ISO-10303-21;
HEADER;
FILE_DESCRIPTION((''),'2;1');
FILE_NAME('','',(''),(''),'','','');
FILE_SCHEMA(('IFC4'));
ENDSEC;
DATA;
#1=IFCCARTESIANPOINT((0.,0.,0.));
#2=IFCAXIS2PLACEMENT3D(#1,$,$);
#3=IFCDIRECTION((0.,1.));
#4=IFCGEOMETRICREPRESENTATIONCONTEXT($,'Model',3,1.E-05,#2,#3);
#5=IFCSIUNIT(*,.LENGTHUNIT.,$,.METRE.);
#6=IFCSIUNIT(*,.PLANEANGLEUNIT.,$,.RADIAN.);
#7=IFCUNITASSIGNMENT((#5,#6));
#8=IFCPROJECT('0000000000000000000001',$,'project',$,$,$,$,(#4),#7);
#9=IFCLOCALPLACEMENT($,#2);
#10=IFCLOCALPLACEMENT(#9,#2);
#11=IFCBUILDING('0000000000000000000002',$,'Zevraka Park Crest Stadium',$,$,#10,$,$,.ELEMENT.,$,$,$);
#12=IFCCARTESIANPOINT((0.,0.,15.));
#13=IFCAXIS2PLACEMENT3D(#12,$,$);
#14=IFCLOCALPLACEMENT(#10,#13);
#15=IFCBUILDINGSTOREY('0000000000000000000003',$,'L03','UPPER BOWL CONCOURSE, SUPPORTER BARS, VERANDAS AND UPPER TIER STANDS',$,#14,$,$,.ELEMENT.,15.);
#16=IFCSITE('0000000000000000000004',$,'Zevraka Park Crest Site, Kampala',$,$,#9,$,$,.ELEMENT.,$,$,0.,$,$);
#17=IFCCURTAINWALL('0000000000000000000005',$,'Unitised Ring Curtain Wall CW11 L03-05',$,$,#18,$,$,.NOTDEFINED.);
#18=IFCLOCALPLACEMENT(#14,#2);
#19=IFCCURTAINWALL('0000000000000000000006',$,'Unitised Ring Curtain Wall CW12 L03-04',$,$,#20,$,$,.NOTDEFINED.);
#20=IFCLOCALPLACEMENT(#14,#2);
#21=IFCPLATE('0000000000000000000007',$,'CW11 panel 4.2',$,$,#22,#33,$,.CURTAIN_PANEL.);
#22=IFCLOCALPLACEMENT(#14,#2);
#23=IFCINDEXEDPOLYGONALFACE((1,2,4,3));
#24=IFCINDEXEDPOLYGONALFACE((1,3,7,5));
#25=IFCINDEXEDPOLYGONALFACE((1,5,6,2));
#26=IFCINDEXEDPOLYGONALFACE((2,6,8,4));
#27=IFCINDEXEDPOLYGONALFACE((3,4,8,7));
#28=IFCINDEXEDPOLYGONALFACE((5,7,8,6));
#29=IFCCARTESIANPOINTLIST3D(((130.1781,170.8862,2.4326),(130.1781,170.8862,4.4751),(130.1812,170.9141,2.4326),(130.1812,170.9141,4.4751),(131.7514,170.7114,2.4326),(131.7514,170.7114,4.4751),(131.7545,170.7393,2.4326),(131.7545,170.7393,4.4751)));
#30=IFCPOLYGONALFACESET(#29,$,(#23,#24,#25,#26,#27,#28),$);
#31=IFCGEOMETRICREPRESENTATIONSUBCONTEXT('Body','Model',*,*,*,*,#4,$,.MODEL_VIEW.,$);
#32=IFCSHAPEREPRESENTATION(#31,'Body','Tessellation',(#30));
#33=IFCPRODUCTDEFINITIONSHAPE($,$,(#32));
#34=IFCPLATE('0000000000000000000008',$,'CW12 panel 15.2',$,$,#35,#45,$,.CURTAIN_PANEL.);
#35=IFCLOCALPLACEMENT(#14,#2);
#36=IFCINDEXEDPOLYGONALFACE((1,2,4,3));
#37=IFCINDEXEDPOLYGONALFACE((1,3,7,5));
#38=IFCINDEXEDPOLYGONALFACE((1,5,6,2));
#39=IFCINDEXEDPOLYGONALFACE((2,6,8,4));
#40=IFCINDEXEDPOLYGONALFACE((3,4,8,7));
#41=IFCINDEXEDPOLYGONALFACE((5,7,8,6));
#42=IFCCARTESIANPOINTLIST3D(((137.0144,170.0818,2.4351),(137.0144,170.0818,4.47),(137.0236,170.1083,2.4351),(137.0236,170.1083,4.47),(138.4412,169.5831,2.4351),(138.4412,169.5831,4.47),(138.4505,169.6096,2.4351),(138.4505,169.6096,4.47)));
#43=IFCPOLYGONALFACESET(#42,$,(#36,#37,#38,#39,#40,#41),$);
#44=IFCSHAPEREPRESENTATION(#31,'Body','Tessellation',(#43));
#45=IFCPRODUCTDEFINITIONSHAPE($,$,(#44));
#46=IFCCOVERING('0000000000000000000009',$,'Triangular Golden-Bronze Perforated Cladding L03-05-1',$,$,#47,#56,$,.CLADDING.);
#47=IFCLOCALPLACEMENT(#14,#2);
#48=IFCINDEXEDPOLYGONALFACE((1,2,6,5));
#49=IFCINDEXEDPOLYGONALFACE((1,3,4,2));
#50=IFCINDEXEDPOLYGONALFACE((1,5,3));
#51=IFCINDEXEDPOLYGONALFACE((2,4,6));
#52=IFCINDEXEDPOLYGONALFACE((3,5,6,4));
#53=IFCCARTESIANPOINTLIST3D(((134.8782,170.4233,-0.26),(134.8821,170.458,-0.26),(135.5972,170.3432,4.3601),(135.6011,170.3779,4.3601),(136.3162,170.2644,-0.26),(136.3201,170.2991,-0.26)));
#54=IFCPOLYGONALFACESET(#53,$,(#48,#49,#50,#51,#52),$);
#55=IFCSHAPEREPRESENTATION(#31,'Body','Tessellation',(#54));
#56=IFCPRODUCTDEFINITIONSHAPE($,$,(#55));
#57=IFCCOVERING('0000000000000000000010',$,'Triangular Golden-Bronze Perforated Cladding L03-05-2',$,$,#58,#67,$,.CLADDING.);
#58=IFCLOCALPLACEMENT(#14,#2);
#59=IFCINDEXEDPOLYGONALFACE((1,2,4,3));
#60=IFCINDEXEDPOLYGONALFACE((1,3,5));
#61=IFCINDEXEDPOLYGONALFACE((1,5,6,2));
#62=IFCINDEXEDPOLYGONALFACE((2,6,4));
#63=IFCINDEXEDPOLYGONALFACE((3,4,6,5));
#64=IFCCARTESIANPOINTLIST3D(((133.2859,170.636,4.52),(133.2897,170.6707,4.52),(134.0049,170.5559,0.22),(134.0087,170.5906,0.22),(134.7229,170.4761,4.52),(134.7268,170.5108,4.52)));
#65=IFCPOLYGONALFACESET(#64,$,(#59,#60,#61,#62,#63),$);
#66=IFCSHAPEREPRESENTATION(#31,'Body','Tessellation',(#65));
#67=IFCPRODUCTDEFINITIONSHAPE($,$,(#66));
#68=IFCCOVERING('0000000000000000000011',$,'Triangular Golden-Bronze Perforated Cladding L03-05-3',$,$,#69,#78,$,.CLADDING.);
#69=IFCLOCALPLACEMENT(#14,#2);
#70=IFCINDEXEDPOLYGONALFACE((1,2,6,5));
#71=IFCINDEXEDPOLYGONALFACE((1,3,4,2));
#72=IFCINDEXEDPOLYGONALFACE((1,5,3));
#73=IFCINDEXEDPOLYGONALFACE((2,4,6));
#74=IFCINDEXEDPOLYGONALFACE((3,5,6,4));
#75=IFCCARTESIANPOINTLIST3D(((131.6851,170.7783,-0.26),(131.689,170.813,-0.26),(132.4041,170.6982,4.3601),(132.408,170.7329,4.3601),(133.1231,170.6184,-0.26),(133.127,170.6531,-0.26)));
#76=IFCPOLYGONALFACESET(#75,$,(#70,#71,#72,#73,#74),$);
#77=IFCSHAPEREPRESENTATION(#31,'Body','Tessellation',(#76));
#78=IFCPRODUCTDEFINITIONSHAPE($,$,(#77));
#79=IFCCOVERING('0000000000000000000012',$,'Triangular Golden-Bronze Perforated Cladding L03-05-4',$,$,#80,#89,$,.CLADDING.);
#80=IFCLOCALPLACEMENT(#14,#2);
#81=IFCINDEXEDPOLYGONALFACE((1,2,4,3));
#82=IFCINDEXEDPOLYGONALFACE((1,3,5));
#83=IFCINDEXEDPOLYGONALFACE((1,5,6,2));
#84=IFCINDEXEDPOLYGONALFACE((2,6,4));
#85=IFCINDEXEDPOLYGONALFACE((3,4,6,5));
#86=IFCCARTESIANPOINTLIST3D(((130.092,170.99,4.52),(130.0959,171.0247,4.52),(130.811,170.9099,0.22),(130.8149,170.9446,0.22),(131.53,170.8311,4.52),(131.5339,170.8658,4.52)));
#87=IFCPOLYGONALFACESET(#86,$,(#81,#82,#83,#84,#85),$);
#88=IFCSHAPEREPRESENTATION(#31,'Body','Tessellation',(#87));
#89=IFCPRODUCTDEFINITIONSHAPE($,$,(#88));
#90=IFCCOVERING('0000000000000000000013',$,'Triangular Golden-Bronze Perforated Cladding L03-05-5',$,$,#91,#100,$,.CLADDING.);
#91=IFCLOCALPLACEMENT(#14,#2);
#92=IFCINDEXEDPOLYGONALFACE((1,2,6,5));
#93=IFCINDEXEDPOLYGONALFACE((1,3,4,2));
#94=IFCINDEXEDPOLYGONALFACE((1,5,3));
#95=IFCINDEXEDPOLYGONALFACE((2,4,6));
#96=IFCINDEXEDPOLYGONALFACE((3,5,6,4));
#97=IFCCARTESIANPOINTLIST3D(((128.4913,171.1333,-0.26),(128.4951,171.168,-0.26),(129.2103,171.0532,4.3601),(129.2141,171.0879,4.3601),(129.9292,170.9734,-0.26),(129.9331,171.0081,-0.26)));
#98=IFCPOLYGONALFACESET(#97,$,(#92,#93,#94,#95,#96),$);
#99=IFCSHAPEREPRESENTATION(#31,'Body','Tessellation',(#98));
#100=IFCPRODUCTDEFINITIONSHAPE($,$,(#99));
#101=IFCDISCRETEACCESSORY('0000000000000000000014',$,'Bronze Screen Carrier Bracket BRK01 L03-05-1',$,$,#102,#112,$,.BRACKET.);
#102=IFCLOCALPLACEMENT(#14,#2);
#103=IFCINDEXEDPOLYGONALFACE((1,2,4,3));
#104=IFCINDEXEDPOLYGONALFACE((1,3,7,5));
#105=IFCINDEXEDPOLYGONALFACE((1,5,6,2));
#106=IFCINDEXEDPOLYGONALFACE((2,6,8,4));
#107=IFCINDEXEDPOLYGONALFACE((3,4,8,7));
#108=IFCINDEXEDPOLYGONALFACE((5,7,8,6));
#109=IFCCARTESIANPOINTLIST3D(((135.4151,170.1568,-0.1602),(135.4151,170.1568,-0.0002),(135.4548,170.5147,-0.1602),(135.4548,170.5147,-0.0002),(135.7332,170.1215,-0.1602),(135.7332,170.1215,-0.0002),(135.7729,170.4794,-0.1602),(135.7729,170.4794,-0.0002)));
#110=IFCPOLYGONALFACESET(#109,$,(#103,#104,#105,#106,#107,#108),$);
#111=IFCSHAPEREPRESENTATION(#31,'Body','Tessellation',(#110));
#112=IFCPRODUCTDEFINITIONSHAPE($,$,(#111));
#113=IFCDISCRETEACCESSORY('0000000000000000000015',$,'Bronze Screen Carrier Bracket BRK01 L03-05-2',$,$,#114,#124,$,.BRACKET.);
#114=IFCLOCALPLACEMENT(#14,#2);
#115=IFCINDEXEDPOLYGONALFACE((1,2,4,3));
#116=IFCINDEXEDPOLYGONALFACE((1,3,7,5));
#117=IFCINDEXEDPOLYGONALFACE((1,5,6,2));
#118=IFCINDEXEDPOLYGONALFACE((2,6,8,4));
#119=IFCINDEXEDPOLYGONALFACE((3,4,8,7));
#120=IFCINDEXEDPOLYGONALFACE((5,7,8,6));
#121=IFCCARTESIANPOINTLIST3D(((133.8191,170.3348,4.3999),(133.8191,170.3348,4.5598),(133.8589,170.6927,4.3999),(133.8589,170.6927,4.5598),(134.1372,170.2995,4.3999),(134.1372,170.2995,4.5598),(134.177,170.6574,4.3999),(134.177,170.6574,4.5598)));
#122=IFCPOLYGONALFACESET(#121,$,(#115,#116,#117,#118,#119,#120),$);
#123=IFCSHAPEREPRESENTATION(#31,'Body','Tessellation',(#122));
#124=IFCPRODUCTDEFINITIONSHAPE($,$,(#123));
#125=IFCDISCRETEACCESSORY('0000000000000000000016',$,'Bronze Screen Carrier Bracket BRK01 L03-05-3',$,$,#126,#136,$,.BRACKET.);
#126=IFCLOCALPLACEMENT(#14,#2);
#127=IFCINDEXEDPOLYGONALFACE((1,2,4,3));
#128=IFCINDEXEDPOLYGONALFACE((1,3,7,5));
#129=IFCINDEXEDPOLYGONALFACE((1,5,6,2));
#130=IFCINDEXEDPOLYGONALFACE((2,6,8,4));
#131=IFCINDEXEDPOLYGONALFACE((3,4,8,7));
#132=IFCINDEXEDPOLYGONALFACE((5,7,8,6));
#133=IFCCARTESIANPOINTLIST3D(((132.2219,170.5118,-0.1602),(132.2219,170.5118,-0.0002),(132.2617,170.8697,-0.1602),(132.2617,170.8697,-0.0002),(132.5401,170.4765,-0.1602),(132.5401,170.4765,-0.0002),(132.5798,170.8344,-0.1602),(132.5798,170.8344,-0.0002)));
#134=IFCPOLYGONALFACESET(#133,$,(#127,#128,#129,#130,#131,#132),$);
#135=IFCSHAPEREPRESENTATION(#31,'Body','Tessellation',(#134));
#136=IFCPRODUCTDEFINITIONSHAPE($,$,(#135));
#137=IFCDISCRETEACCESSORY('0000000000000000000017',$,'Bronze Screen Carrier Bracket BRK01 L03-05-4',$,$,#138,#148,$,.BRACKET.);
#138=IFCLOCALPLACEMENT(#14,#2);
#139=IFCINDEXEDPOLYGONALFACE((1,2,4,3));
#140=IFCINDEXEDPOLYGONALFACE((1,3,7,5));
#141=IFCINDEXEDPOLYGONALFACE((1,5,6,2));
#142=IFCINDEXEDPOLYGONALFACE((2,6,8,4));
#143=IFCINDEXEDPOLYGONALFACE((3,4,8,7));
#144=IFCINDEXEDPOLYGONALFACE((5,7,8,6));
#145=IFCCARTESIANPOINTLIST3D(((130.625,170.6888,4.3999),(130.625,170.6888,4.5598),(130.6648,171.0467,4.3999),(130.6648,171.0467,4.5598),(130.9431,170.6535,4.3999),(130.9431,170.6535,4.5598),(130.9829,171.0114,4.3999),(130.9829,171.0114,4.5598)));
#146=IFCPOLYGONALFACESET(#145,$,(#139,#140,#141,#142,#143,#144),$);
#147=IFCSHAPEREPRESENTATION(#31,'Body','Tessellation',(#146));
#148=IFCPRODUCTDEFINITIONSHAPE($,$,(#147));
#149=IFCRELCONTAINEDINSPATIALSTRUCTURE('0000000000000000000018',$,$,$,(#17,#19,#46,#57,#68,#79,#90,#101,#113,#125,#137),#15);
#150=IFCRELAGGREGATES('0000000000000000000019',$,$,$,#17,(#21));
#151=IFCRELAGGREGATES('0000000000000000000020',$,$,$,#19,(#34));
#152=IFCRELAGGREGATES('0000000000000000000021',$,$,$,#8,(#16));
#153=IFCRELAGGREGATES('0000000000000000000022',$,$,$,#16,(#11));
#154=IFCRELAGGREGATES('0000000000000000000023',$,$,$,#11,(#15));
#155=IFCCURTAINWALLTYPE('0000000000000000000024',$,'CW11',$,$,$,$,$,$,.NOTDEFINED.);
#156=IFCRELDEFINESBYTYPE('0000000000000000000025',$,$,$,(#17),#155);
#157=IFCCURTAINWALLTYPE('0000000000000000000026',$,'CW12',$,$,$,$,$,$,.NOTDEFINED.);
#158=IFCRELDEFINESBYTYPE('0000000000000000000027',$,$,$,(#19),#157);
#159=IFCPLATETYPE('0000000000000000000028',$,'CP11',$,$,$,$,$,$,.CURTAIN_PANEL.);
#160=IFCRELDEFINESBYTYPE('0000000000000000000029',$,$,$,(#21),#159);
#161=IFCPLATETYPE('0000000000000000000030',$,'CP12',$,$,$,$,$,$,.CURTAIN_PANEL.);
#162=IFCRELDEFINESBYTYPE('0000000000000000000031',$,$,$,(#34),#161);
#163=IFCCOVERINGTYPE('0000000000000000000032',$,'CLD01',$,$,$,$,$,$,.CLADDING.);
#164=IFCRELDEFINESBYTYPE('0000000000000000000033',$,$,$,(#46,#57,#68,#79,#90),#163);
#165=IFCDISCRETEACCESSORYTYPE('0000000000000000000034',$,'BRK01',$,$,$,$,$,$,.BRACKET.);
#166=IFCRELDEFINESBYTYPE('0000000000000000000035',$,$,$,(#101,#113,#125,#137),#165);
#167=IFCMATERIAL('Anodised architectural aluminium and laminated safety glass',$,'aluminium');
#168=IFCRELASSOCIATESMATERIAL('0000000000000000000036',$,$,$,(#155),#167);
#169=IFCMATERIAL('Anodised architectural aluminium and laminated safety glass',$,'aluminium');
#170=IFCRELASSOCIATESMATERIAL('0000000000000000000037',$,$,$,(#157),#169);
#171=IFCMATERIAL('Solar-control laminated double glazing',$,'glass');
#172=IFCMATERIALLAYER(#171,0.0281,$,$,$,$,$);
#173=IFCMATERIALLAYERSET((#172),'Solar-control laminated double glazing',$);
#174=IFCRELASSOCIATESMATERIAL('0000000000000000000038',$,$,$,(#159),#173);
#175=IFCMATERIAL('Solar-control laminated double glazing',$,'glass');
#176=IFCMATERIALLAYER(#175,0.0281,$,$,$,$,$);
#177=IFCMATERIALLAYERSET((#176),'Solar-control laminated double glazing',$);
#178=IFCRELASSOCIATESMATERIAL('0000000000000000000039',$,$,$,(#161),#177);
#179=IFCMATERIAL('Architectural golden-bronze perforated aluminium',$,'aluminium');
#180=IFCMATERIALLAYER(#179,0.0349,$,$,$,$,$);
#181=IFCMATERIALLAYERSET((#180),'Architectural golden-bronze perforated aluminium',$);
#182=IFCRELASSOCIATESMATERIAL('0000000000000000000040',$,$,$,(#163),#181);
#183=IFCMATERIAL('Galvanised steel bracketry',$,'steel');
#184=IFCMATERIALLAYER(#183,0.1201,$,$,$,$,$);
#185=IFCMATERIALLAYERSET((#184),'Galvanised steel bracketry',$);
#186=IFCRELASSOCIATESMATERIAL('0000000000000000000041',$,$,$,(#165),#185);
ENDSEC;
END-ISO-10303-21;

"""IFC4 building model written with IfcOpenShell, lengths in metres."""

from ifc_helpers import new_model, si_unit, direction, frame, origin, origin_2d, place, context, subcontext, project, spatial, polyline, rectangle, outline, extrude, material, layer, layer_set, type_object, element, aggregate, save


model = new_model("IFC4")

# Units and contexts
model_context = context("Model", 3, precision=1e-05, world=origin(), true_north=direction((0.0, 1.0)))
body_context = subcontext(model_context, "Body", "Model", "MODEL_VIEW")
ifc_project = project(units=[si_unit("LENGTHUNIT", "METRE"), si_unit("PLANEANGLEUNIT", "RADIAN")], contexts=[model_context])

# Site, building, storey
site_placement = place(None, origin())
site = spatial("IfcSite", under=ifc_project, at=site_placement, Name="Zevraka Park Crest Site, Kampala", CompositionType="ELEMENT", RefElevation=0.0)
building_placement = place(site_placement, origin())
building = spatial("IfcBuilding", under=site, at=building_placement, Name="Zevraka Park Crest Stadium", CompositionType="ELEMENT")
storey_placement = place(building_placement, frame((0.0, 0.0, 15.0)))
storey = spatial("IfcBuildingStorey", under=building, at=storey_placement, Name="L03", Description="UPPER BOWL CONCOURSE, SUPPORTER BARS, VERANDAS AND UPPER TIER STANDS", CompositionType="ELEMENT", Elevation=15.0)

# Curtain wall
ifc_material_1 = material(Name="Anodised architectural aluminium and laminated safety glass", Category="aluminium")
curtain_wall_type_1 = type_object("IfcCurtainWallType", Name="CW11", PredefinedType="NOTDEFINED", material=ifc_material_1)
curtain_wall_1_placement = place(storey_placement, origin())
curtain_wall_1 = element("IfcCurtainWall", 1, at=curtain_wall_1_placement, inside=storey, type_object=curtain_wall_type_1, Name="Unitised Ring Curtain Wall CW11 L03-05", PredefinedType="NOTDEFINED")

# Curtain wall
ifc_material_2 = material(Name="Anodised architectural aluminium and laminated safety glass", Category="aluminium")
curtain_wall_type_2 = type_object("IfcCurtainWallType", Name="CW12", PredefinedType="NOTDEFINED", material=ifc_material_2)
curtain_wall_2_placement = place(storey_placement, origin())
curtain_wall_2 = element("IfcCurtainWall", 2, at=curtain_wall_2_placement, inside=storey, type_object=curtain_wall_type_2, Name="Unitised Ring Curtain Wall CW12 L03-04", PredefinedType="NOTDEFINED")

# Plates
ifc_material_3 = material(Name="Solar-control laminated double glazing", Category="glass")
ifc_layer_1 = layer(ifc_material_3, 0.0281)
ifc_layer_set_1 = layer_set([ifc_layer_1], Name="Solar-control laminated double glazing")
plate_type_1 = type_object("IfcPlateType", Name="CP11", PredefinedType="CURTAIN_PANEL", material=ifc_layer_set_1)
plate_1_placement = place(storey_placement, frame((130.9663, 170.8127, 2.4326), z_axis=(0.0, 0.0, 1.0), x_axis=(-0.993888, 0.110396, 0.0)))
plate_1 = element("IfcPlate", 3, at=plate_1_placement, type_object=plate_type_1, Name="CW11 panel 4.2", PredefinedType="CURTAIN_PANEL", context=body_context, shape_type="SweptSolid", body=[
    extrude(rectangle(XDim=1.583, YDim=0.0281, at=origin_2d()), origin(), (0.0, 0.0, 1.0), 2.0425),
])
aggregate(curtain_wall_1, [plate_1])
ifc_material_4 = material(Name="Solar-control laminated double glazing", Category="glass")
ifc_layer_2 = layer(ifc_material_4, 0.0281)
ifc_layer_set_2 = layer_set([ifc_layer_2], Name="Solar-control laminated double glazing")
plate_type_2 = type_object("IfcPlateType", Name="CP12", PredefinedType="CURTAIN_PANEL", material=ifc_layer_set_2)
plate_2_placement = place(storey_placement, frame((137.7324, 169.8457, 2.4351), z_axis=(0.0, 0.0, 1.0), x_axis=(-0.94401, 0.329917, 0.0)))
plate_2 = element("IfcPlate", 4, at=plate_2_placement, type_object=plate_type_2, Name="CW12 panel 15.2", PredefinedType="CURTAIN_PANEL", context=body_context, shape_type="SweptSolid", body=[
    extrude(rectangle(XDim=1.5115, YDim=0.0281, at=origin_2d()), origin(), (0.0, 0.0, 1.0), 2.0349),
])
aggregate(curtain_wall_2, [plate_2])

# Coverings
ifc_material_5 = material(Name="Architectural golden-bronze perforated aluminium", Category="aluminium")
ifc_layer_3 = layer(ifc_material_5, 0.0349)
ifc_layer_set_3 = layer_set([ifc_layer_3], Name="Architectural golden-bronze perforated aluminium")
covering_type = type_object("IfcCoveringType", Name="CLD01", PredefinedType="CLADDING", material=ifc_layer_set_3)
covering_1_placement = place(storey_placement, frame((136.3201, 170.2991, -0.26), z_axis=(0.109857, 0.993947, 0.000131), x_axis=(-0.993947, 0.109857, 0.0)))
element("IfcCovering", 5, at=covering_1_placement, inside=storey, type_object=covering_type, Name="Triangular Golden-Bronze Perforated Cladding L03-05-1", PredefinedType="CLADDING", context=body_context, shape_type="SweptSolid", body=[
    extrude(outline(polyline([(0.0, 0.0), (1.4467, 0.0), (0.7233, 4.6201), (0.0, 0.0)])), origin(), (0.0, 0.0, -1.0), 0.0349),
])
covering_2_placement = place(storey_placement, frame((133.2859, 170.636, 4.52), z_axis=(-0.110598, -0.993865, 0.000016), x_axis=(0.993865, -0.110598, 0.0)))
element("IfcCovering", 6, at=covering_2_placement, inside=storey, type_object=covering_type, Name="Triangular Golden-Bronze Perforated Cladding L03-05-2", PredefinedType="CLADDING", context=body_context, shape_type="SweptSolid", body=[
    extrude(outline(polyline([(0.0, 0.0), (1.4459, 0.0), (0.7234, -4.3), (0.0, 0.0)])), origin(), (0.0, 0.0, -1.0), 0.0349),
])
covering_3_placement = place(storey_placement, frame((133.127, 170.6531, -0.26), z_axis=(0.110524, 0.993873, 0.000026), x_axis=(-0.993873, 0.110524, 0.0)))
element("IfcCovering", 7, at=covering_3_placement, inside=storey, type_object=covering_type, Name="Triangular Golden-Bronze Perforated Cladding L03-05-3", PredefinedType="CLADDING", context=body_context, shape_type="SweptSolid", body=[
    extrude(outline(polyline([(0.0, 0.0), (1.4469, 0.0), (0.7234, 4.6201), (0.0, 0.0)])), origin(), (0.0, 0.0, -1.0), 0.0349),
])
covering_4_placement = place(storey_placement, frame((130.092, 170.99, 4.52), z_axis=(-0.109857, -0.993947, 0.000141), x_axis=(0.993947, -0.109857, 0.0)))
element("IfcCovering", 8, at=covering_4_placement, inside=storey, type_object=covering_type, Name="Triangular Golden-Bronze Perforated Cladding L03-05-4", PredefinedType="CLADDING", context=body_context, shape_type="SweptSolid", body=[
    extrude(outline(polyline([(0.0, 0.0), (1.4467, 0.0), (0.7234, -4.3), (0.0, 0.0)])), origin(), (0.0, 0.0, -1.0), 0.0349),
])
covering_5_placement = place(storey_placement, frame((129.9331, 171.0081, -0.26), z_axis=(0.110524, 0.993873, 0.000026), x_axis=(-0.993873, 0.110524, 0.0)))
element("IfcCovering", 9, at=covering_5_placement, inside=storey, type_object=covering_type, Name="Triangular Golden-Bronze Perforated Cladding L03-05-5", PredefinedType="CLADDING", context=body_context, shape_type="SweptSolid", body=[
    extrude(outline(polyline([(0.0, 0.0), (1.4469, 0.0), (0.7234, 4.6201), (0.0, 0.0)])), origin(), (0.0, 0.0, -1.0), 0.0349),
])

# Discrete accessories
ifc_material_6 = material(Name="Galvanised steel bracketry", Category="steel")
ifc_layer_4 = layer(ifc_material_6, 0.1201)
ifc_layer_set_4 = layer_set([ifc_layer_4], Name="Galvanised steel bracketry")
discrete_accessory_type = type_object("IfcDiscreteAccessoryType", Name="BRK01", PredefinedType="BRACKET", material=ifc_layer_set_4)
for number, where, z_axis, x_axis, name in (
    (10, (135.594, 170.3181, -0.1602), (0.0, 0.0, 1.0), (-0.993884, 0.110428, 0.0), "Bronze Screen Carrier Bracket BRK01 L03-05-1"),
    (11, (133.998, 170.4961, 4.3999), (0.0, 0.0, 1.0), (-0.993884, 0.110428, 0.0), "Bronze Screen Carrier Bracket BRK01 L03-05-2"),
    (12, (132.4009, 170.6731, -0.1602), (0.0, 0.0, 1.0), (-0.993884, 0.110428, 0.0), "Bronze Screen Carrier Bracket BRK01 L03-05-3"),
    (13, (130.804, 170.8501, 4.3999), (0.0, 0.0, 1.0), (-0.993884, 0.110428, 0.0), "Bronze Screen Carrier Bracket BRK01 L03-05-4"),
):
    element("IfcDiscreteAccessory", number, at=place(storey_placement, frame(where, z_axis=z_axis, x_axis=x_axis)), inside=storey, type_object=discrete_accessory_type, Name=name, PredefinedType="BRACKET", context=body_context, shape_type="SweptSolid", body=[
        extrude(rectangle(XDim=0.3201, YDim=0.3601, at=origin_2d()), origin(), (0.0, 0.0, 1.0), 0.1599),
    ])

save(model, "model.ifc")
